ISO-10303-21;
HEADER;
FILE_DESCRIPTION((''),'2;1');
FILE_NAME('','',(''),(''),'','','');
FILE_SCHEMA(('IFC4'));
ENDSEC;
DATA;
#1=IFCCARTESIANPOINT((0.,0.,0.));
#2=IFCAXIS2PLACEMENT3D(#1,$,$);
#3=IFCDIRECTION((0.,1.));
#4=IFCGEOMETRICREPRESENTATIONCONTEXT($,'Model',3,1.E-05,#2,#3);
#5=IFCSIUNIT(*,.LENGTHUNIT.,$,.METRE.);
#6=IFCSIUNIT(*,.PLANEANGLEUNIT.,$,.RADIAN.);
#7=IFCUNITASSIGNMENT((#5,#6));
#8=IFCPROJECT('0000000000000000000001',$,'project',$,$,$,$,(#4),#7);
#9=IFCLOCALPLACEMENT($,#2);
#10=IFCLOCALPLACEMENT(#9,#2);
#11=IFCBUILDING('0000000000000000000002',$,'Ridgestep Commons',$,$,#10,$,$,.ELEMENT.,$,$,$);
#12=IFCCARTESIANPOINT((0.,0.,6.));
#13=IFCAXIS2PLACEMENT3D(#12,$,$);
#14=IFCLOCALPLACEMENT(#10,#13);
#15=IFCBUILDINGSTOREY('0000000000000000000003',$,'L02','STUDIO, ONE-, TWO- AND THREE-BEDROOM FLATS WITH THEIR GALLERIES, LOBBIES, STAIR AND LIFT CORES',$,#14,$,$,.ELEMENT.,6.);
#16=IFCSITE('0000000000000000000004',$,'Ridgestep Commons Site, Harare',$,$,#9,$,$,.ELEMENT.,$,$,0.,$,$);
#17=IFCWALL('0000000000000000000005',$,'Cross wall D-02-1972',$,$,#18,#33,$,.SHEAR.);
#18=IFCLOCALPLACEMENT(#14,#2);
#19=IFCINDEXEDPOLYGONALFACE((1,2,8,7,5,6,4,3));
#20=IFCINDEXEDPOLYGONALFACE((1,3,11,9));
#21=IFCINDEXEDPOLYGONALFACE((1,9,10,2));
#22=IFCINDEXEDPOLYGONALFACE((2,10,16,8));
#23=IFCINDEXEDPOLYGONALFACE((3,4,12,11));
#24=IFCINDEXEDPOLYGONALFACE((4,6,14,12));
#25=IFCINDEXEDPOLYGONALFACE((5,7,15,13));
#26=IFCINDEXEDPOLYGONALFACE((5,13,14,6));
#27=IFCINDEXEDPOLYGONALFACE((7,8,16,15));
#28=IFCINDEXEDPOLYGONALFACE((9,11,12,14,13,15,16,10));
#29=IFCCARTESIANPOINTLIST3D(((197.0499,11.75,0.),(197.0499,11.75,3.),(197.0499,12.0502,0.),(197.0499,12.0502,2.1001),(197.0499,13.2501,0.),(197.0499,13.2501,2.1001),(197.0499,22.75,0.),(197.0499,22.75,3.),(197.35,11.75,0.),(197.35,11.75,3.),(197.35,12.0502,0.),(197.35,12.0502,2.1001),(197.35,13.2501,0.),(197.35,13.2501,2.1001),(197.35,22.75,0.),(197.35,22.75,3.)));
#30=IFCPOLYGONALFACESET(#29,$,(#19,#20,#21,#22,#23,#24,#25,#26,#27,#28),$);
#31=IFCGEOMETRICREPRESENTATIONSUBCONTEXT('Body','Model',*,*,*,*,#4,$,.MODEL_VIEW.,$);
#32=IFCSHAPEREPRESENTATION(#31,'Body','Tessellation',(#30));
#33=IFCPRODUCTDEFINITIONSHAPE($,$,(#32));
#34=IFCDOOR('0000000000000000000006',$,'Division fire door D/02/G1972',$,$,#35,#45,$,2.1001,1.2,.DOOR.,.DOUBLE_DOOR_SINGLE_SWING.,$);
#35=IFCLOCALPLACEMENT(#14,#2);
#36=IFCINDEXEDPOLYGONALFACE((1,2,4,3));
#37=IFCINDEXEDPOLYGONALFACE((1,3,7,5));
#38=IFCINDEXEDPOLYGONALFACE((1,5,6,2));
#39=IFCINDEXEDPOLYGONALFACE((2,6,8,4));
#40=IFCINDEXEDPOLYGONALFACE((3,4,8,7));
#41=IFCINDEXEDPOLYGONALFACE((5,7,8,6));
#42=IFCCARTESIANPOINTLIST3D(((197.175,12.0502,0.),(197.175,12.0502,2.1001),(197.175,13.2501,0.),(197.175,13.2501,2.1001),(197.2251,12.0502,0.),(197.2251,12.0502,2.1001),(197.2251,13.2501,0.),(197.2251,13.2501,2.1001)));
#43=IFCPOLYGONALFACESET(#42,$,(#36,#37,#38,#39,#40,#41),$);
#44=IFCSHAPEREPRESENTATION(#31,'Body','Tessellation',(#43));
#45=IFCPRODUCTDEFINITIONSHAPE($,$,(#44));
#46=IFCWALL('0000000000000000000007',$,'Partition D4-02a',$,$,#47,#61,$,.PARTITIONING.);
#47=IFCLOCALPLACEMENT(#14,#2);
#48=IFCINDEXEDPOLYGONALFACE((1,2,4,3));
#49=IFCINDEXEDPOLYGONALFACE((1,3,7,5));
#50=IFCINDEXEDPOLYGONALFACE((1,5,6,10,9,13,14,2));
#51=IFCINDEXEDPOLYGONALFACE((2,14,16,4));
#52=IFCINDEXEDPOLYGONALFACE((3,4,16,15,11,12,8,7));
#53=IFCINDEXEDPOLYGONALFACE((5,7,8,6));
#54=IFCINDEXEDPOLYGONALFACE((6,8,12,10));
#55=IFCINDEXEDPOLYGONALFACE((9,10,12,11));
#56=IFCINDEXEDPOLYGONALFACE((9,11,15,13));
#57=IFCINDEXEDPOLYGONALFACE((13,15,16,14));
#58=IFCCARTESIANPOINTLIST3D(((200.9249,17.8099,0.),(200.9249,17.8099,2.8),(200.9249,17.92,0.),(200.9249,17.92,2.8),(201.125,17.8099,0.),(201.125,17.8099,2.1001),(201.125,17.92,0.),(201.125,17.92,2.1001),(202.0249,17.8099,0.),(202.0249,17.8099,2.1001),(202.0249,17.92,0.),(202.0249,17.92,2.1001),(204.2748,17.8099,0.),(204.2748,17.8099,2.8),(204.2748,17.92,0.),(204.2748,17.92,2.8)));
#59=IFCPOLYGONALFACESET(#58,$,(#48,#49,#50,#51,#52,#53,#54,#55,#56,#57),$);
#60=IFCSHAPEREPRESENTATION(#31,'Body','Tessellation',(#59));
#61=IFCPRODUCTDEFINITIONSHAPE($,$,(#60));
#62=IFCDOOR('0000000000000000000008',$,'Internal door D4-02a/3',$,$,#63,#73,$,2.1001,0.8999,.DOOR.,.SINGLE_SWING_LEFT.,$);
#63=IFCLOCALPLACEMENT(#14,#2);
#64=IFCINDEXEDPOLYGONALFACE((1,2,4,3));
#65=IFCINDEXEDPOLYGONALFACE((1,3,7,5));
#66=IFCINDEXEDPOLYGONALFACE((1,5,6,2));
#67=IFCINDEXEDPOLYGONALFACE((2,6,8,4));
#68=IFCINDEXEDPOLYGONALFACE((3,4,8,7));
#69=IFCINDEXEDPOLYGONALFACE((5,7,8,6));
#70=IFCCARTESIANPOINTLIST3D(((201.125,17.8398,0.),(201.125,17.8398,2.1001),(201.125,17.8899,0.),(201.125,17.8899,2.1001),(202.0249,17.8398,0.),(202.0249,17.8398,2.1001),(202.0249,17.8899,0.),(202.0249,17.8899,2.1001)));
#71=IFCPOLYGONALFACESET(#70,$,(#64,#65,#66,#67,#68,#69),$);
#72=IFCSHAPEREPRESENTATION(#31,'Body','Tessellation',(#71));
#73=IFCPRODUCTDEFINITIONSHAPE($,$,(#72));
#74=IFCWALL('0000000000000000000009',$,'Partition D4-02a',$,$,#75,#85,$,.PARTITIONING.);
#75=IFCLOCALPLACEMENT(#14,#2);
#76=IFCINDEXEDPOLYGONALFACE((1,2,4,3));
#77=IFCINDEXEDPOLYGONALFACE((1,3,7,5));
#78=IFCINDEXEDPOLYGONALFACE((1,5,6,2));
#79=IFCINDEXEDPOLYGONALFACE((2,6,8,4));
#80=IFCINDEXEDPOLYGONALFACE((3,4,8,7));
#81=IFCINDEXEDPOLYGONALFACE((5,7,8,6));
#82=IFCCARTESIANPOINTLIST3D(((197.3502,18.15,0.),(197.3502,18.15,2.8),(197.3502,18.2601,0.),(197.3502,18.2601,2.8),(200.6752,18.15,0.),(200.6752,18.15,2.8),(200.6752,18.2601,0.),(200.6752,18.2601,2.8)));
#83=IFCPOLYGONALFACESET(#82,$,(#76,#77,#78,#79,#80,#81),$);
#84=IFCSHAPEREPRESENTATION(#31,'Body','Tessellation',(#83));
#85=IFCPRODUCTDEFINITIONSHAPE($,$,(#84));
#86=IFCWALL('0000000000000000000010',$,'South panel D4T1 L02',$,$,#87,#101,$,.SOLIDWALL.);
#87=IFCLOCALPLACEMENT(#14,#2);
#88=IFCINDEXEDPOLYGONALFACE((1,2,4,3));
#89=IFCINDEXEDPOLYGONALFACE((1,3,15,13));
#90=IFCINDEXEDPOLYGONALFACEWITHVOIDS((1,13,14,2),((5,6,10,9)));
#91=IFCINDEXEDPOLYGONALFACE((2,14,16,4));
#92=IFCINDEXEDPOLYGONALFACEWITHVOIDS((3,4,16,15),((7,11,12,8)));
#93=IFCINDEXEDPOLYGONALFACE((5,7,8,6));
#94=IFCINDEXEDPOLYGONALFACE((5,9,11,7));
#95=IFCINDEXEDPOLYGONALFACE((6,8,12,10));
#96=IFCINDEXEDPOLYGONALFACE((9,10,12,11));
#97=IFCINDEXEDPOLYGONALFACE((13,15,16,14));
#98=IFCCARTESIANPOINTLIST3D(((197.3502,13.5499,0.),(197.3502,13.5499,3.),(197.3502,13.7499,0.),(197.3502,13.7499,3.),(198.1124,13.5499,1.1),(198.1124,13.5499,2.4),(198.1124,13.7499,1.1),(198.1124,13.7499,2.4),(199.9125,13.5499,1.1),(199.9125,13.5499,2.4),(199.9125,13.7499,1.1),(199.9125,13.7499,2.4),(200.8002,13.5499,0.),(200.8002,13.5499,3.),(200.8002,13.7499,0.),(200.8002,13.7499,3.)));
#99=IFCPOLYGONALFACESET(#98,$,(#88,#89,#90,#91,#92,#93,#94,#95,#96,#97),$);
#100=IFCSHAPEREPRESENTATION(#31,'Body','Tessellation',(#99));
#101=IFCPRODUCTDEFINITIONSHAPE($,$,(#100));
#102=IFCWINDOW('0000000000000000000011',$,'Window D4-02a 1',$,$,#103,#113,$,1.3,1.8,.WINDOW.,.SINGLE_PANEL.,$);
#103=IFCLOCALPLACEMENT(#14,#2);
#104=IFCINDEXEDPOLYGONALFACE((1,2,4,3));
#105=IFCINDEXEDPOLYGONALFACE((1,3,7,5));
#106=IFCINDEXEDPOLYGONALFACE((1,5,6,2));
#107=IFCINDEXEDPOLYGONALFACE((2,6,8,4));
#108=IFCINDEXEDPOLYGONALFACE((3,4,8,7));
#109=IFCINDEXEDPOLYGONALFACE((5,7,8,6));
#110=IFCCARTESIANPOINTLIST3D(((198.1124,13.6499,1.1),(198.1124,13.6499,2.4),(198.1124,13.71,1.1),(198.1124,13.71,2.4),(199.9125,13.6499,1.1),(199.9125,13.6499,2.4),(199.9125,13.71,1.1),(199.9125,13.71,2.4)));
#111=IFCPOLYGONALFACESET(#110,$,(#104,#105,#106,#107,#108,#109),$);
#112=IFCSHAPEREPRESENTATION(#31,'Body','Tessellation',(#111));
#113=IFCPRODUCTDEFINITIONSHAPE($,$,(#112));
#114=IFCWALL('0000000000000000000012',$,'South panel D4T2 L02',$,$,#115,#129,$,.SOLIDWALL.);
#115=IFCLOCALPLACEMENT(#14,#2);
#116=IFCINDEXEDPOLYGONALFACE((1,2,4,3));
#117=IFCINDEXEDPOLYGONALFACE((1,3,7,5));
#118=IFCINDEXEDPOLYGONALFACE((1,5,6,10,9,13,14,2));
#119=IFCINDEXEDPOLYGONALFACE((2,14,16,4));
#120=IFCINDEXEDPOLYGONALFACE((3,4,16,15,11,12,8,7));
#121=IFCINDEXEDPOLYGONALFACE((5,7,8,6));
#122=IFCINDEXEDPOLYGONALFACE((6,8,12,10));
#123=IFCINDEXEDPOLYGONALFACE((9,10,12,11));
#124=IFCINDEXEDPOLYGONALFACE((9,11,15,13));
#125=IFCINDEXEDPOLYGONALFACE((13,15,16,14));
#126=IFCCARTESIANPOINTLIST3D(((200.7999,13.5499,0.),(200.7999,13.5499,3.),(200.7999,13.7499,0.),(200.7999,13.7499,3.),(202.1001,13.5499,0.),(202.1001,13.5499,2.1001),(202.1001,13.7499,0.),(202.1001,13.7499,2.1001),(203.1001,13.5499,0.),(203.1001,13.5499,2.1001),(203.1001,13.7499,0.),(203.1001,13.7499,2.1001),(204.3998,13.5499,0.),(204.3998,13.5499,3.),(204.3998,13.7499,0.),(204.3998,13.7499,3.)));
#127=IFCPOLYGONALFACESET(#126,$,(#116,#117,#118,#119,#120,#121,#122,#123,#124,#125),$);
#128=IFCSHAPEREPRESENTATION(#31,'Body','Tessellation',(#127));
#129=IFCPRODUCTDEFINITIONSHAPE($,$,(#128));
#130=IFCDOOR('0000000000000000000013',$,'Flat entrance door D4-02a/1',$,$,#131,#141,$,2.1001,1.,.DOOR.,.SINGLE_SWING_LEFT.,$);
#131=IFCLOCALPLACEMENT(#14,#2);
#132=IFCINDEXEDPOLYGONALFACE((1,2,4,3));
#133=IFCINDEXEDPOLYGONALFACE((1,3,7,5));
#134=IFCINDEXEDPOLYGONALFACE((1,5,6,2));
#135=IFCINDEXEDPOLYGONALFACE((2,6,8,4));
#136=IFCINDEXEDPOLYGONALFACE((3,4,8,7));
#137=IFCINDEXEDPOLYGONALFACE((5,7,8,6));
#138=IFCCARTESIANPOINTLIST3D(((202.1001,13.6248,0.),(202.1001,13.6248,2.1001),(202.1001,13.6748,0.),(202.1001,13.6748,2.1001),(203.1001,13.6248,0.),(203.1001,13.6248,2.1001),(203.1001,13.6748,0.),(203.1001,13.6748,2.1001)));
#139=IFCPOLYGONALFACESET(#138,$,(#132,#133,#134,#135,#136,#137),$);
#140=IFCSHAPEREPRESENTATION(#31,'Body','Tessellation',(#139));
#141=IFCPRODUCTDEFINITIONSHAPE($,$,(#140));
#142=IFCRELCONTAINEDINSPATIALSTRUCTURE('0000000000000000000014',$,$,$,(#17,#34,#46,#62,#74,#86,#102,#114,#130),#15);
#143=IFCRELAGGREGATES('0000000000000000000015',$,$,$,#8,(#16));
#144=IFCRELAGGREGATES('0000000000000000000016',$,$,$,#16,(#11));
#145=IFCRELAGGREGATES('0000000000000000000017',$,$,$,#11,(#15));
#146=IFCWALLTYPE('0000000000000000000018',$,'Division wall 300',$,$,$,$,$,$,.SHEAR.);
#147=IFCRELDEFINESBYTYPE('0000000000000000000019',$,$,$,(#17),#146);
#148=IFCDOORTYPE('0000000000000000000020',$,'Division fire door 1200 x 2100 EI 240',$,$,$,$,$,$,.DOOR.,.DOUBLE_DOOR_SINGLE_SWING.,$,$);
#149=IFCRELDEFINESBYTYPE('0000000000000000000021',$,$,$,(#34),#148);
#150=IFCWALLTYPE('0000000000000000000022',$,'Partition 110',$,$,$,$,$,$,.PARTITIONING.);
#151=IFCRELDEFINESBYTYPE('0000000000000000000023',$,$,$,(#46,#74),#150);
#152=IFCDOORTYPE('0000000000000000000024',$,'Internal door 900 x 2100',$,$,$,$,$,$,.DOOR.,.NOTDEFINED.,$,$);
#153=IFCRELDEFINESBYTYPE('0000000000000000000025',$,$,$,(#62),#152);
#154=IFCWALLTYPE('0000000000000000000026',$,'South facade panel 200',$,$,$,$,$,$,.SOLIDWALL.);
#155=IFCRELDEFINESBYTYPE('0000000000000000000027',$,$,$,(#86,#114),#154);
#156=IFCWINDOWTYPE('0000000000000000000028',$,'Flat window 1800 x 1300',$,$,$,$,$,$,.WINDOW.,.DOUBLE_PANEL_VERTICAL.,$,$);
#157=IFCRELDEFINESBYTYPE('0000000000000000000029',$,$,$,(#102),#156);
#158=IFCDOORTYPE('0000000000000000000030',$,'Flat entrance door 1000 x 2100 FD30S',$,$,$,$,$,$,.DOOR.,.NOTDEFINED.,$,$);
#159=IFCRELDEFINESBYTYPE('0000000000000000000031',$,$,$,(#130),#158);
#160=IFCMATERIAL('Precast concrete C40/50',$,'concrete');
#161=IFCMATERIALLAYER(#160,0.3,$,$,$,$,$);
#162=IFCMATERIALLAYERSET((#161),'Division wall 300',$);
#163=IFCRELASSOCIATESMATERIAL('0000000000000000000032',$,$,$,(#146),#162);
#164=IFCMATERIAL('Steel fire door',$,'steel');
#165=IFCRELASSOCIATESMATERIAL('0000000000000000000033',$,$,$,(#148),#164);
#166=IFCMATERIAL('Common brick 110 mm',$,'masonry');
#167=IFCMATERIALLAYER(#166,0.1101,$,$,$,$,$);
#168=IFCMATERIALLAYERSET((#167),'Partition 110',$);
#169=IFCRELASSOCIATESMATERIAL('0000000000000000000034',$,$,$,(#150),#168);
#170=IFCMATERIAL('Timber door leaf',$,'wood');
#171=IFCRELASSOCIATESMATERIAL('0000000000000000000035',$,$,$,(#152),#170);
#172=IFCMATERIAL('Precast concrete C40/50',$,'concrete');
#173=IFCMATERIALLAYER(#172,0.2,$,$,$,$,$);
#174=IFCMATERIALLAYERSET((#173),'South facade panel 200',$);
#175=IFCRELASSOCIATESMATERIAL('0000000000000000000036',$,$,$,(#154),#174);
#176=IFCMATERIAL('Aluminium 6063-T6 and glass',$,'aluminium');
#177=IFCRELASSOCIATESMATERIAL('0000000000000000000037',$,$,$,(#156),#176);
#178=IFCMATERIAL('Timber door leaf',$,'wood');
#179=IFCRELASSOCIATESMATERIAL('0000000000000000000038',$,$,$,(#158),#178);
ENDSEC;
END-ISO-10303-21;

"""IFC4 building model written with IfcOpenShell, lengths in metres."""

from ifc_helpers import new_model, si_unit, direction, frame, frame_2d, origin, place, context, subcontext, project, spatial, rectangle, extrude, material, layer, layer_set, type_object, element, fill, save


model = new_model("IFC4")

# Units and contexts
model_context = context("Model", 3, precision=1e-05, world=origin(), true_north=direction((0.0, 1.0)))
body_context = subcontext(model_context, "Body", "Model", "MODEL_VIEW")
ifc_project = project(units=[si_unit("LENGTHUNIT", "METRE"), si_unit("PLANEANGLEUNIT", "RADIAN")], contexts=[model_context])

# Site, building, storey
site_placement = place(None, origin())
site = spatial("IfcSite", under=ifc_project, at=site_placement, Name="Ridgestep Commons Site, Harare", CompositionType="ELEMENT", RefElevation=0.0)
building_placement = place(site_placement, origin())
building = spatial("IfcBuilding", under=site, at=building_placement, Name="Ridgestep Commons", CompositionType="ELEMENT")
storey_placement = place(building_placement, frame((0.0, 0.0, 6.0)))
storey = spatial("IfcBuildingStorey", under=building, at=storey_placement, Name="L02", Description="STUDIO, ONE-, TWO- AND THREE-BEDROOM FLATS WITH THEIR GALLERIES, LOBBIES, STAIR AND LIFT CORES", CompositionType="ELEMENT", Elevation=6.0)

# Walls, openings, doors
ifc_material_1 = material(Name="Precast concrete C40/50", Category="concrete")
ifc_layer_1 = layer(ifc_material_1, 0.3)
ifc_layer_set_1 = layer_set([ifc_layer_1], Name="Division wall 300")
wall_type_1 = type_object("IfcWallType", Name="Division wall 300", PredefinedType="SHEAR", material=ifc_layer_set_1)
wall_1_placement = place(storey_placement, frame((197.2, 11.75, 0.0), z_axis=(0.0, 0.0, 1.0), x_axis=(0.0, 1.0, 0.0)))
wall_1 = element("IfcWall", 1, at=wall_1_placement, inside=storey, type_object=wall_type_1, Name="Cross wall D-02-1972", PredefinedType="SHEAR", context=body_context, shape_type="SweptSolid", body=[
    extrude(rectangle(XDim=11.0, YDim=0.3, at=frame_2d((5.5, 0.0))), origin(), (0.0, 0.0, 1.0), 3.0),
])
opening_1_placement = place(wall_1_placement, frame((0.3, 0.0, 0.0)))
opening_1 = element("IfcOpeningElement", 2, at=opening_1_placement, cuts=wall_1, PredefinedType="OPENING", context=body_context, shape_type="SweptSolid", body=[
    extrude(rectangle(XDim=1.2, YDim=2.1001, at=frame_2d((0.6001, 1.05))), frame((0.0, 0.1599, 0.0), z_axis=(0.0, -1.0, 0.0), x_axis=(1.0, 0.0, 0.0)), (0.0, 0.0, 1.0), 0.3201),
])
ifc_material_2 = material(Name="Steel fire door", Category="steel")
door_type_1 = type_object("IfcDoorType", Name="Division fire door 1200 x 2100 EI 240", OperationType="DOUBLE_DOOR_SINGLE_SWING", PredefinedType="DOOR", material=ifc_material_2)
door_1_placement = place(opening_1_placement, origin())
door_1 = element("IfcDoor", 3, at=door_1_placement, inside=storey, type_object=door_type_1, Name="Division fire door D/02/G1972", OperationType="DOUBLE_DOOR_SINGLE_SWING", OverallHeight=2.1001, OverallWidth=1.2, PredefinedType="DOOR", context=body_context, shape_type="SweptSolid", body=[
    extrude(rectangle(XDim=1.2, YDim=2.1001, at=frame_2d((0.6001, 1.05))), frame((0.0, 0.0249, 0.0), z_axis=(0.0, -1.0, 0.0), x_axis=(1.0, 0.0, 0.0)), (0.0, 0.0, 1.0), 0.05),
])
fill(opening_1, door_1)
ifc_material_3 = material(Name="Common brick 110 mm", Category="masonry")
ifc_layer_2 = layer(ifc_material_3, 0.1101)
ifc_layer_set_2 = layer_set([ifc_layer_2], Name="Partition 110")
wall_type_2 = type_object("IfcWallType", Name="Partition 110", PredefinedType="PARTITIONING", material=ifc_layer_set_2)
wall_2_placement = place(storey_placement, frame((200.925, 17.865, 0.0), z_axis=(0.0, 0.0, 1.0), x_axis=(1.0, 0.0, 0.0)))
wall_2 = element("IfcWall", 4, at=wall_2_placement, inside=storey, type_object=wall_type_2, Name="Partition D4-02a", PredefinedType="PARTITIONING", context=body_context, shape_type="SweptSolid", body=[
    extrude(rectangle(XDim=3.3499, YDim=0.1101, at=frame_2d((1.6748, 0.0))), origin(), (0.0, 0.0, 1.0), 2.8),
])
opening_2_placement = place(wall_2_placement, frame((0.2, 0.0, 0.0)))
opening_2 = element("IfcOpeningElement", 5, at=opening_2_placement, cuts=wall_2, PredefinedType="OPENING", context=body_context, shape_type="SweptSolid", body=[
    extrude(rectangle(XDim=0.8999, YDim=2.1001, at=frame_2d((0.45, 1.05))), frame((0.0, 0.0649, 0.0), z_axis=(0.0, -1.0, 0.0), x_axis=(1.0, 0.0, 0.0)), (0.0, 0.0, 1.0), 0.1301),
])
ifc_material_4 = material(Name="Timber door leaf", Category="wood")
door_type_2 = type_object("IfcDoorType", Name="Internal door 900 x 2100", OperationType="NOTDEFINED", PredefinedType="DOOR", material=ifc_material_4)
door_2_placement = place(opening_2_placement, origin())
door_2 = element("IfcDoor", 6, at=door_2_placement, inside=storey, type_object=door_type_2, Name="Internal door D4-02a/3", OperationType="SINGLE_SWING_LEFT", OverallHeight=2.1001, OverallWidth=0.8999, PredefinedType="DOOR", context=body_context, shape_type="SweptSolid", body=[
    extrude(rectangle(XDim=0.8999, YDim=2.1001, at=frame_2d((0.45, 1.05))), frame((0.0, 0.0249, 0.0), z_axis=(0.0, -1.0, 0.0), x_axis=(1.0, 0.0, 0.0)), (0.0, 0.0, 1.0), 0.05),
])
fill(opening_2, door_2)

# Wall
wall_3_placement = place(storey_placement, frame((197.3501, 18.2051, 0.0), z_axis=(0.0, 0.0, 1.0), x_axis=(1.0, 0.0, 0.0)))
element("IfcWall", 7, at=wall_3_placement, inside=storey, type_object=wall_type_2, Name="Partition D4-02a", PredefinedType="PARTITIONING", context=body_context, shape_type="SweptSolid", body=[
    extrude(rectangle(XDim=3.325, YDim=0.1101, at=frame_2d((1.6626, 0.0))), origin(), (0.0, 0.0, 1.0), 2.8),
])

# Wall, opening, window
ifc_material_5 = material(Name="Precast concrete C40/50", Category="concrete")
ifc_layer_3 = layer(ifc_material_5, 0.2)
ifc_layer_set_3 = layer_set([ifc_layer_3], Name="South facade panel 200")
wall_type_3 = type_object("IfcWallType", Name="South facade panel 200", PredefinedType="SOLIDWALL", material=ifc_layer_set_3)
wall_4_placement = place(storey_placement, frame((197.3501, 13.6499, 0.0), z_axis=(0.0, 0.0, 1.0), x_axis=(1.0, 0.0, 0.0)))
wall_4 = element("IfcWall", 8, at=wall_4_placement, inside=storey, type_object=wall_type_3, Name="South panel D4T1 L02", PredefinedType="SOLIDWALL", context=body_context, shape_type="SweptSolid", body=[
    extrude(rectangle(XDim=3.45, YDim=0.2, at=frame_2d((1.7251, 0.0))), origin(), (0.0, 0.0, 1.0), 3.0),
])
opening_3_placement = place(wall_4_placement, frame((0.7625, 0.0, 1.1001)))
opening_3 = element("IfcOpeningElement", 9, at=opening_3_placement, cuts=wall_4, PredefinedType="OPENING", context=body_context, shape_type="SweptSolid", body=[
    extrude(rectangle(XDim=1.8, YDim=1.3, at=frame_2d((0.8999, 0.6499))), frame((0.0, 0.1099, 0.0), z_axis=(0.0, -1.0, 0.0), x_axis=(1.0, 0.0, 0.0)), (0.0, 0.0, 1.0), 0.22),
])
ifc_material_6 = material(Name="Aluminium 6063-T6 and glass", Category="aluminium")
window_type = type_object("IfcWindowType", Name="Flat window 1800 x 1300", PartitioningType="DOUBLE_PANEL_VERTICAL", PredefinedType="WINDOW", material=ifc_material_6)
window_placement = place(opening_3_placement, origin())
window = element("IfcWindow", 10, at=window_placement, inside=storey, type_object=window_type, Name="Window D4-02a 1", OverallHeight=1.3, OverallWidth=1.8, PartitioningType="SINGLE_PANEL", PredefinedType="WINDOW", context=body_context, shape_type="SweptSolid", body=[
    extrude(rectangle(XDim=1.8, YDim=1.3, at=frame_2d((0.8999, 0.6499))), frame((0.0, 0.0601, 0.0), z_axis=(0.0, -1.0, 0.0), x_axis=(1.0, 0.0, 0.0)), (0.0, 0.0, 1.0), 0.0601),
])
fill(opening_3, window)

# Wall, opening, door
wall_5_placement = place(storey_placement, frame((200.8, 13.6499, 0.0), z_axis=(0.0, 0.0, 1.0), x_axis=(1.0, 0.0, 0.0)))
wall_5 = element("IfcWall", 11, at=wall_5_placement, inside=storey, type_object=wall_type_3, Name="South panel D4T2 L02", PredefinedType="SOLIDWALL", context=body_context, shape_type="SweptSolid", body=[
    extrude(rectangle(XDim=3.5999, YDim=0.2, at=frame_2d((1.7998, 0.0))), origin(), (0.0, 0.0, 1.0), 3.0),
])
opening_4_placement = place(wall_5_placement, frame((1.3, 0.0, 0.0)))
opening_4 = element("IfcOpeningElement", 12, at=opening_4_placement, cuts=wall_5, PredefinedType="OPENING", context=body_context, shape_type="SweptSolid", body=[
    extrude(rectangle(XDim=1.0, YDim=2.1001, at=frame_2d((0.5, 1.05))), frame((0.0, 0.1099, 0.0), z_axis=(0.0, -1.0, 0.0), x_axis=(1.0, 0.0, 0.0)), (0.0, 0.0, 1.0), 0.22),
])
ifc_material_7 = material(Name="Timber door leaf", Category="wood")
door_type_3 = type_object("IfcDoorType", Name="Flat entrance door 1000 x 2100 FD30S", OperationType="NOTDEFINED", PredefinedType="DOOR", material=ifc_material_7)
door_3_placement = place(opening_4_placement, origin())
door_3 = element("IfcDoor", 13, at=door_3_placement, inside=storey, type_object=door_type_3, Name="Flat entrance door D4-02a/1", OperationType="SINGLE_SWING_LEFT", OverallHeight=2.1001, OverallWidth=1.0, PredefinedType="DOOR", context=body_context, shape_type="SweptSolid", body=[
    extrude(rectangle(XDim=1.0, YDim=2.1001, at=frame_2d((0.5, 1.05))), frame((0.0, 0.0249, 0.0), z_axis=(0.0, -1.0, 0.0), x_axis=(1.0, 0.0, 0.0)), (0.0, 0.0, 1.0), 0.05),
])
fill(opening_4, door_3)

save(model, "model.ifc")
